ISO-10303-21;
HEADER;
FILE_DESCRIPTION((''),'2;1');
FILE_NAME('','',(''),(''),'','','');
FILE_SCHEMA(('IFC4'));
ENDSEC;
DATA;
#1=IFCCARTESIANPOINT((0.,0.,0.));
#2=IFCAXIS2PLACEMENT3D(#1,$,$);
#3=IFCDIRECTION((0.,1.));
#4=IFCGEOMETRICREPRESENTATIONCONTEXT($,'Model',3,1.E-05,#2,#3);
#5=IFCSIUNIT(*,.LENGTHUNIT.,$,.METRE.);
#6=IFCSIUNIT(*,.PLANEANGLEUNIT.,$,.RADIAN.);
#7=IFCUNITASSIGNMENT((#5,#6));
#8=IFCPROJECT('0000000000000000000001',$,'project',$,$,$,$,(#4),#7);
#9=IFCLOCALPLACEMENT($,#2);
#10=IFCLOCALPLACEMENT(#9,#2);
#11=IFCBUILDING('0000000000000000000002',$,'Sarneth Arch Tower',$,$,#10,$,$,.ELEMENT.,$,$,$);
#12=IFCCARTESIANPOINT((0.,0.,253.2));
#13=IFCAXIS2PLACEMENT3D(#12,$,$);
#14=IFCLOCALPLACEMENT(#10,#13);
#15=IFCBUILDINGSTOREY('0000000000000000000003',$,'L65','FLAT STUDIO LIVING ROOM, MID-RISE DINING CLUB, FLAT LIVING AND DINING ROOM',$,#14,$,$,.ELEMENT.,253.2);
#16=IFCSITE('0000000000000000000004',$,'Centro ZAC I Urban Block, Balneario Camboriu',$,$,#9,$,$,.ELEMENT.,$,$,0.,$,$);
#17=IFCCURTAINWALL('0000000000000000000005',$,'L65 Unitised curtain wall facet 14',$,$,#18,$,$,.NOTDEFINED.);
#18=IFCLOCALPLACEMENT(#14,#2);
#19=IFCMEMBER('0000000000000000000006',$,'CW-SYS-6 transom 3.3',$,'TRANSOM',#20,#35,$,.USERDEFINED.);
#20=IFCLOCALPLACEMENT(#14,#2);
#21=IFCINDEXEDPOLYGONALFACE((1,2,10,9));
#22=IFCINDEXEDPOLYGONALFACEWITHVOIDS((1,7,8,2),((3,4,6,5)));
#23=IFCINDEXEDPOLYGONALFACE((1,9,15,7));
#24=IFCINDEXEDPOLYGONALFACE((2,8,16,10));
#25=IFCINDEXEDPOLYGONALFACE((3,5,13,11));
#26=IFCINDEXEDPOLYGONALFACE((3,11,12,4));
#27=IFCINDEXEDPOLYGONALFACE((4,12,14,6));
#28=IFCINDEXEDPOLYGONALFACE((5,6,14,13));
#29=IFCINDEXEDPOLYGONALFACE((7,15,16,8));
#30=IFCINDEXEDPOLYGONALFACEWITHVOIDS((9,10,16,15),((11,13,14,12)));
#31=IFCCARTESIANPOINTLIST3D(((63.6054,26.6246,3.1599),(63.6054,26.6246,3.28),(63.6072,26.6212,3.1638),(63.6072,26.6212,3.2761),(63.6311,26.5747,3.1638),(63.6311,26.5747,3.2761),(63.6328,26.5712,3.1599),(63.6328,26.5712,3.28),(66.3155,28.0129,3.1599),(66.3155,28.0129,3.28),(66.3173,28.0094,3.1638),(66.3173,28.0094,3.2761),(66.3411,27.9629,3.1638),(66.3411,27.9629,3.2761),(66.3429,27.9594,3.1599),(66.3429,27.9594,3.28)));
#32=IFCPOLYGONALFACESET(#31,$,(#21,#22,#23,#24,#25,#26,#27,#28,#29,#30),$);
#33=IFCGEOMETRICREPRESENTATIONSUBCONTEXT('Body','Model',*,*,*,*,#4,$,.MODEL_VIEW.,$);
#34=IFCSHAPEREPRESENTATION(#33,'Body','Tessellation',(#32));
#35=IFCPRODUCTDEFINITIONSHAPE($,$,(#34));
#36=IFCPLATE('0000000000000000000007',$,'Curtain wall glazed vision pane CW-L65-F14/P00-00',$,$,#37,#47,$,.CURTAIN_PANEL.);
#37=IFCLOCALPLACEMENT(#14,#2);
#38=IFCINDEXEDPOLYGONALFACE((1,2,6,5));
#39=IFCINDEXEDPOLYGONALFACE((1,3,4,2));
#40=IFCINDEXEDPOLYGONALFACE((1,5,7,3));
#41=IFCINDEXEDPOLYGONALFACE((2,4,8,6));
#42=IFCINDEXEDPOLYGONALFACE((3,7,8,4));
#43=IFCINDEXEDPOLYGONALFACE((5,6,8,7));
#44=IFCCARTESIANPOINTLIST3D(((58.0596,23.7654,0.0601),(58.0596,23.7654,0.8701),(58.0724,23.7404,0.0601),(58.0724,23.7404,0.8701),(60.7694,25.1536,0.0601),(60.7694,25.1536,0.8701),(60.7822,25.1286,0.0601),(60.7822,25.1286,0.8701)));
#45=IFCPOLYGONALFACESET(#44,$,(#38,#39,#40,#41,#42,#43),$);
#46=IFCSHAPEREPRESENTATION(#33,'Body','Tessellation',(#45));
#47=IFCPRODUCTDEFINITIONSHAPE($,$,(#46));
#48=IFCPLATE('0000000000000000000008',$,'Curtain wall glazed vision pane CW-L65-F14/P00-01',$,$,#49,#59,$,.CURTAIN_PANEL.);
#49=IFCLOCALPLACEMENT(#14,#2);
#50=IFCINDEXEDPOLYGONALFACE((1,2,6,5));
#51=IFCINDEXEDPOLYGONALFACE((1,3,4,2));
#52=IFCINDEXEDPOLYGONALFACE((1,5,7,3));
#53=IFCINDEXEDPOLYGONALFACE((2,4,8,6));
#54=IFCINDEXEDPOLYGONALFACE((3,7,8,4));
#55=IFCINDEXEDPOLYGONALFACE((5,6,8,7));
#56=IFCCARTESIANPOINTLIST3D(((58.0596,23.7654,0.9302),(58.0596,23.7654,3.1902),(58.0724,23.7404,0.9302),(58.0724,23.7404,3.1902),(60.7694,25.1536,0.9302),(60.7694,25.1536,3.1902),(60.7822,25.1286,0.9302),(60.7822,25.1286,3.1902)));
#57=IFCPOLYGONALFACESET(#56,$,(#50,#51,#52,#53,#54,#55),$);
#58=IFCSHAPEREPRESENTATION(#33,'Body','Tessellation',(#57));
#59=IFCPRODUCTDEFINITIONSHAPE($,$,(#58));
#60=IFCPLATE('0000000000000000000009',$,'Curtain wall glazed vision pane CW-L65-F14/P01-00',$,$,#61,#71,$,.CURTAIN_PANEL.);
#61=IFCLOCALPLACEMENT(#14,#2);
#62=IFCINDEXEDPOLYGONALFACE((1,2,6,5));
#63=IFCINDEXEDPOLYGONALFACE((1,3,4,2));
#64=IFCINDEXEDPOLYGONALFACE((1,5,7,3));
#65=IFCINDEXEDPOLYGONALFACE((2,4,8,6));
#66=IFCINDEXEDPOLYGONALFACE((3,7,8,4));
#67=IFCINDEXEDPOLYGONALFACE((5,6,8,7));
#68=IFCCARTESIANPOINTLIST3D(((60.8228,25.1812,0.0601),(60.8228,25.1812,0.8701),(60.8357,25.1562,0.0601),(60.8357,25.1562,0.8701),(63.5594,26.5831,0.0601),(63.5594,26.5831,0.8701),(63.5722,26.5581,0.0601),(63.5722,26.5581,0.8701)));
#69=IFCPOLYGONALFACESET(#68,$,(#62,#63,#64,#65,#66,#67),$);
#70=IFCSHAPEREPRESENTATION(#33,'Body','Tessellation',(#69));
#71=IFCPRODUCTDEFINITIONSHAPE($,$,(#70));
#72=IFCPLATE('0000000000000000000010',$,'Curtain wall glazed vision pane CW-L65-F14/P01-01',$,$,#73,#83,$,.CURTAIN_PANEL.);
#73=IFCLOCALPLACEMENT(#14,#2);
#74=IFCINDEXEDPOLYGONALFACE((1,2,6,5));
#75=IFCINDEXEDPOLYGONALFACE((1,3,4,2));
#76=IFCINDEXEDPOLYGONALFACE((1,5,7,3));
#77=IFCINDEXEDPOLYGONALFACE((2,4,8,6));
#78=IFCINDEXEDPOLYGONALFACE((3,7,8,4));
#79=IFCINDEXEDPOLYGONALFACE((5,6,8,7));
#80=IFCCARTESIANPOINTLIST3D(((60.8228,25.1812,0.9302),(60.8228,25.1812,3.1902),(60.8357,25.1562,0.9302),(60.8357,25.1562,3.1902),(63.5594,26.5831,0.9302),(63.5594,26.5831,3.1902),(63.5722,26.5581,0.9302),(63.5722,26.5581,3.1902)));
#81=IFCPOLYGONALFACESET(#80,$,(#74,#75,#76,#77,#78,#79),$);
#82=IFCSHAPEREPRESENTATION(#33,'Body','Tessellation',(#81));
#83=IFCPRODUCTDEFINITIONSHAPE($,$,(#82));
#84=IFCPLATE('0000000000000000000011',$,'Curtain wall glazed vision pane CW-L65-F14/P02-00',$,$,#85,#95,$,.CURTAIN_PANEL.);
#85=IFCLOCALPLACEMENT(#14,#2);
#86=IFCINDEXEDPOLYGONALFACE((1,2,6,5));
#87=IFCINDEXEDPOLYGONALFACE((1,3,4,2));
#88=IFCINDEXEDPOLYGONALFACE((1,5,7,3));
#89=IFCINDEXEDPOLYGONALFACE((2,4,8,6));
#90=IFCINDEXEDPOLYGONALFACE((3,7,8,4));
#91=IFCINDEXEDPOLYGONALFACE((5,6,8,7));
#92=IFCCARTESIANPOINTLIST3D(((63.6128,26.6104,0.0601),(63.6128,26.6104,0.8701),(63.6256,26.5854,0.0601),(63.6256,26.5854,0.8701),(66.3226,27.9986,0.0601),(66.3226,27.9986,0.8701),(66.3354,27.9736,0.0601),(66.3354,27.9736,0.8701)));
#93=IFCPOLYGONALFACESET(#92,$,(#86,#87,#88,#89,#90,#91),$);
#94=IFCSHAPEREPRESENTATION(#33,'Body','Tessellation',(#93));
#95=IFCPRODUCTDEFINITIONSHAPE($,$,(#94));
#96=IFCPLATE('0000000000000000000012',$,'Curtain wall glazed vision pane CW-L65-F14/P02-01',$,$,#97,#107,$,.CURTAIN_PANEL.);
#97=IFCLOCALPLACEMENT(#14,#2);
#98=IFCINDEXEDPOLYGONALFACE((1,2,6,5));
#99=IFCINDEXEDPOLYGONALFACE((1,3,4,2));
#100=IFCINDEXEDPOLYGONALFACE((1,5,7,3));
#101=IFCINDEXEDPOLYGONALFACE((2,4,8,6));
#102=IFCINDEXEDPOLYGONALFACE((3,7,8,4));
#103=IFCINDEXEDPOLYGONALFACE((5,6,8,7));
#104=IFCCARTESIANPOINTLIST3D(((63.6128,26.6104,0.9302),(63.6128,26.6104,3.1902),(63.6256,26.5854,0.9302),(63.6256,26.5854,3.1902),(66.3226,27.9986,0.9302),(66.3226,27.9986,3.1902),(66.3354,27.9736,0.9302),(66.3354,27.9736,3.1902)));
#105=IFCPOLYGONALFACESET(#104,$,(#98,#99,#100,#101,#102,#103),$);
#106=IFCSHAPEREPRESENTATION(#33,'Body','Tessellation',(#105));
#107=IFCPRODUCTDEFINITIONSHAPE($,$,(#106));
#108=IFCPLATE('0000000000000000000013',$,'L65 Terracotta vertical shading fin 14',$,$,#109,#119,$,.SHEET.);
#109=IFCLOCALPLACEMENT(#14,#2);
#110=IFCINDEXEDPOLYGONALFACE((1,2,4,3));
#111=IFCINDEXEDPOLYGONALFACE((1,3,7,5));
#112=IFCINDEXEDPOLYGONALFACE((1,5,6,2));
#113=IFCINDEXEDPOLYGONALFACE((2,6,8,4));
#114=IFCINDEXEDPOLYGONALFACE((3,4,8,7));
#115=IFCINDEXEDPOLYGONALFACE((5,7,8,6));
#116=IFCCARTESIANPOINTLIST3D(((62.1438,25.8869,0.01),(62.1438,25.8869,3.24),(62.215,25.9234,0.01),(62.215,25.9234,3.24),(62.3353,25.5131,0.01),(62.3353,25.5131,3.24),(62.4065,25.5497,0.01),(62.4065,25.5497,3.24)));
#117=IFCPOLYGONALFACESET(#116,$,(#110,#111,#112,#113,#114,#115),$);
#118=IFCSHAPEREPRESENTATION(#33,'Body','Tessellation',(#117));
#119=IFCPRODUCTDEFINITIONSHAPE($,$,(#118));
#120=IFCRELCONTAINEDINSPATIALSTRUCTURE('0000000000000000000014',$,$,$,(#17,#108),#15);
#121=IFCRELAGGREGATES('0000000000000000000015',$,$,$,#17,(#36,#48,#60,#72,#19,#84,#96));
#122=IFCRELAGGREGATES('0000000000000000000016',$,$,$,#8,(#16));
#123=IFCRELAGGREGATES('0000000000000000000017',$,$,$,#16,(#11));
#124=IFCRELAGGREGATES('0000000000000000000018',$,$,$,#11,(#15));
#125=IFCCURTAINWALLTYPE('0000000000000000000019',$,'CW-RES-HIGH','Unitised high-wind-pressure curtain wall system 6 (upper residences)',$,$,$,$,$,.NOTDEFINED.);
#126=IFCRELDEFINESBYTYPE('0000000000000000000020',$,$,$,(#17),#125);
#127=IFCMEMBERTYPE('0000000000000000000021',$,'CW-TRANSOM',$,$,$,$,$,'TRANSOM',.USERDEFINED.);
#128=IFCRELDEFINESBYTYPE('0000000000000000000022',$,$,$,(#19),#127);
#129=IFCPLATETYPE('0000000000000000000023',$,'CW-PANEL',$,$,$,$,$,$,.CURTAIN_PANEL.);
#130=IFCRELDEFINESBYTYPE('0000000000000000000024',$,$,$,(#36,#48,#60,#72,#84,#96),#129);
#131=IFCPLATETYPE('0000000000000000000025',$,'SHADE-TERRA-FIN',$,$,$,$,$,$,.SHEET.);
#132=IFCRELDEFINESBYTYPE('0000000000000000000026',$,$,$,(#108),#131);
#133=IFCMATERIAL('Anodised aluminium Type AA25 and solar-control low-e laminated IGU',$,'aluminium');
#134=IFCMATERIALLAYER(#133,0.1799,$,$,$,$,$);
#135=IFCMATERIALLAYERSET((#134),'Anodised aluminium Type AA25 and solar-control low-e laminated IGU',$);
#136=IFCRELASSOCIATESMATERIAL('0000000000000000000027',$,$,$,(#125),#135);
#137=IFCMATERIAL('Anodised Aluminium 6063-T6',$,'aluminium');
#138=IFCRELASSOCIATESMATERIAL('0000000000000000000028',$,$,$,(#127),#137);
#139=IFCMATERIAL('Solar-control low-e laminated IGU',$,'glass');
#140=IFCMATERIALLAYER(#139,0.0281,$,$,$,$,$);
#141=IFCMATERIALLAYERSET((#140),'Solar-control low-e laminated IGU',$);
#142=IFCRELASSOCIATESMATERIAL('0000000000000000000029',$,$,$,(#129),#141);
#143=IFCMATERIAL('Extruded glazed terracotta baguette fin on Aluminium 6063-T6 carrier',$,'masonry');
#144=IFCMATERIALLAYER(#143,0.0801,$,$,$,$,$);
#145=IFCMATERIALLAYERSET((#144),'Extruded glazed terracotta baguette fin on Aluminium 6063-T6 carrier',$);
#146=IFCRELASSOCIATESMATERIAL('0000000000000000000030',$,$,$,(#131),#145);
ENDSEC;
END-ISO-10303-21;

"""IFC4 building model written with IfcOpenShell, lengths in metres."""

from ifc_helpers import new_model, si_unit, direction, frame, origin, origin_2d, place, context, subcontext, project, spatial, rectangle, hollow_rectangle, extrude, material, layer, layer_set, material_profile, profile_set, type_object, element, aggregate, save


model = new_model("IFC4")

# Units and contexts
model_context = context("Model", 3, precision=1e-05, world=origin(), true_north=direction((0.0, 1.0)))
body_context = subcontext(model_context, "Body", "Model", "MODEL_VIEW")
ifc_project = project(units=[si_unit("LENGTHUNIT", "METRE"), si_unit("PLANEANGLEUNIT", "RADIAN")], contexts=[model_context])

# Site, building, storey
site_placement = place(None, origin())
site = spatial("IfcSite", under=ifc_project, at=site_placement, Name="Centro ZAC I Urban Block, Balneario Camboriu", CompositionType="ELEMENT", RefElevation=0.0)
building_placement = place(site_placement, origin())
building = spatial("IfcBuilding", under=site, at=building_placement, Name="Sarneth Arch Tower", CompositionType="ELEMENT")
storey_placement = place(building_placement, frame((0.0, 0.0, 253.2)))
storey = spatial("IfcBuildingStorey", under=building, at=storey_placement, Name="L65", Description="FLAT STUDIO LIVING ROOM, MID-RISE DINING CLUB, FLAT LIVING AND DINING ROOM", CompositionType="ELEMENT", Elevation=253.2)

# Curtain wall, member, plates
ifc_material_1 = material(Name="Anodised aluminium Type AA25 and solar-control low-e laminated IGU", Category="aluminium")
ifc_layer_1 = layer(ifc_material_1, 0.1799)
ifc_layer_set_1 = layer_set([ifc_layer_1], Name="Anodised aluminium Type AA25 and solar-control low-e laminated IGU")
curtain_wall_type = type_object("IfcCurtainWallType", Name="CW-RES-HIGH", Description="Unitised high-wind-pressure curtain wall system 6 (upper residences)", PredefinedType="NOTDEFINED", material=ifc_layer_set_1)
curtain_wall_placement = place(storey_placement, origin())
curtain_wall = element("IfcCurtainWall", 1, at=curtain_wall_placement, inside=storey, type_object=curtain_wall_type, Name="L65 Unitised curtain wall facet 14", PredefinedType="NOTDEFINED")
ifc_material_2 = material(Name="Anodised Aluminium 6063-T6", Category="aluminium")
ifc_material_profile_1 = material_profile(ifc_material_2, hollow_rectangle(XDim=0.0601, YDim=0.1201, WallThickness=0.0039, at=origin_2d()), Name="AL-TRAN-120x60x4")
ifc_profile_set_1 = profile_set([ifc_material_profile_1], Name="Anodised Aluminium 6063-T6")
member_type_1 = type_object("IfcMemberType", Name="CW-TRANSOM", ElementType="TRANSOM", PredefinedType="USERDEFINED", material=ifc_profile_set_1)
member_1_placement = place(storey_placement, frame((63.6191, 26.5979, 3.22), z_axis=(0.890023, 0.455916, 0.0), x_axis=(-0.455916, 0.890023, 0.0)))
member_1 = element("IfcMember", 2, at=member_1_placement, type_object=member_type_1, Name="CW-SYS-6 transom 3.3", ObjectType="TRANSOM", PredefinedType="USERDEFINED", context=body_context, shape_type="SweptSolid", body=[
    extrude(hollow_rectangle(XDim=0.0601, YDim=0.1201, WallThickness=0.0039, at=origin_2d()), origin(), (0.0, 0.0, 1.0), 3.0449),
])
ifc_material_3 = material(Name="Solar-control low-e laminated IGU", Category="glass")
ifc_layer_2 = layer(ifc_material_3, 0.0281)
ifc_layer_set_2 = layer_set([ifc_layer_2], Name="Solar-control low-e laminated IGU")
plate_type_1 = type_object("IfcPlateType", Name="CW-PANEL", PredefinedType="CURTAIN_PANEL", material=ifc_layer_set_2)
plate_1_placement = place(storey_placement, frame((59.4209, 24.447, 0.0601), z_axis=(0.0, 0.0, 1.0), x_axis=(0.89001, 0.455942, 0.0)))
plate_1 = element("IfcPlate", 3, at=plate_1_placement, type_object=plate_type_1, Name="Curtain wall glazed vision pane CW-L65-F14/P00-00", PredefinedType="CURTAIN_PANEL", context=body_context, shape_type="SweptSolid", body=[
    extrude(rectangle(XDim=3.0447, YDim=0.0281, at=origin_2d()), origin(), (0.0, 0.0, 1.0), 0.8101),
])
plate_2_placement = place(storey_placement, frame((59.4209, 24.447, 0.9302), z_axis=(0.0, 0.0, 1.0), x_axis=(0.89001, 0.455942, 0.0)))
plate_2 = element("IfcPlate", 4, at=plate_2_placement, type_object=plate_type_1, Name="Curtain wall glazed vision pane CW-L65-F14/P00-01", PredefinedType="CURTAIN_PANEL", context=body_context, shape_type="SweptSolid", body=[
    extrude(rectangle(XDim=3.0447, YDim=0.0281, at=origin_2d()), origin(), (0.0, 0.0, 1.0), 2.26),
])
plate_3_placement = place(storey_placement, frame((62.1975, 25.8696, 0.0601), z_axis=(0.0, 0.0, 1.0), x_axis=(0.89001, 0.455942, 0.0)))
plate_3 = element("IfcPlate", 5, at=plate_3_placement, type_object=plate_type_1, Name="Curtain wall glazed vision pane CW-L65-F14/P01-00", PredefinedType="CURTAIN_PANEL", context=body_context, shape_type="SweptSolid", body=[
    extrude(rectangle(XDim=3.0747, YDim=0.0281, at=origin_2d()), origin(), (0.0, 0.0, 1.0), 0.8101),
])
plate_4_placement = place(storey_placement, frame((62.1975, 25.8696, 0.9302), z_axis=(0.0, 0.0, 1.0), x_axis=(0.89001, 0.455942, 0.0)))
plate_4 = element("IfcPlate", 6, at=plate_4_placement, type_object=plate_type_1, Name="Curtain wall glazed vision pane CW-L65-F14/P01-01", PredefinedType="CURTAIN_PANEL", context=body_context, shape_type="SweptSolid", body=[
    extrude(rectangle(XDim=3.0747, YDim=0.0281, at=origin_2d()), origin(), (0.0, 0.0, 1.0), 2.26),
])
plate_5_placement = place(storey_placement, frame((64.9741, 27.292, 0.0601), z_axis=(0.0, 0.0, 1.0), x_axis=(0.89001, 0.455942, 0.0)))
plate_5 = element("IfcPlate", 7, at=plate_5_placement, type_object=plate_type_1, Name="Curtain wall glazed vision pane CW-L65-F14/P02-00", PredefinedType="CURTAIN_PANEL", context=body_context, shape_type="SweptSolid", body=[
    extrude(rectangle(XDim=3.0447, YDim=0.0281, at=origin_2d()), origin(), (0.0, 0.0, 1.0), 0.8101),
])
plate_6_placement = place(storey_placement, frame((64.9741, 27.292, 0.9302), z_axis=(0.0, 0.0, 1.0), x_axis=(0.89001, 0.455942, 0.0)))
plate_6 = element("IfcPlate", 8, at=plate_6_placement, type_object=plate_type_1, Name="Curtain wall glazed vision pane CW-L65-F14/P02-01", PredefinedType="CURTAIN_PANEL", context=body_context, shape_type="SweptSolid", body=[
    extrude(rectangle(XDim=3.0447, YDim=0.0281, at=origin_2d()), origin(), (0.0, 0.0, 1.0), 2.26),
])
aggregate(curtain_wall, [plate_1, plate_2, plate_3, plate_4, member_1, plate_5, plate_6])

# Plate
ifc_material_4 = material(Name="Extruded glazed terracotta baguette fin on Aluminium 6063-T6 carrier", Category="masonry")
ifc_layer_3 = layer(ifc_material_4, 0.0801)
ifc_layer_set_3 = layer_set([ifc_layer_3], Name="Extruded glazed terracotta baguette fin on Aluminium 6063-T6 carrier")
plate_type_2 = type_object("IfcPlateType", Name="SHADE-TERRA-FIN", PredefinedType="SHEET", material=ifc_layer_set_3)
plate_7_placement = place(storey_placement, frame((62.2751, 25.7183, 0.01), z_axis=(0.0, 0.0, 1.0), x_axis=(0.456011, -0.889974, 0.0)))
element("IfcPlate", 9, at=plate_7_placement, inside=storey, type_object=plate_type_2, Name="L65 Terracotta vertical shading fin 14", PredefinedType="SHEET", context=body_context, shape_type="SweptSolid", body=[
    extrude(rectangle(XDim=0.4199, YDim=0.0801, at=origin_2d()), origin(), (0.0, 0.0, 1.0), 3.23),
])

save(model, "model.ifc")
